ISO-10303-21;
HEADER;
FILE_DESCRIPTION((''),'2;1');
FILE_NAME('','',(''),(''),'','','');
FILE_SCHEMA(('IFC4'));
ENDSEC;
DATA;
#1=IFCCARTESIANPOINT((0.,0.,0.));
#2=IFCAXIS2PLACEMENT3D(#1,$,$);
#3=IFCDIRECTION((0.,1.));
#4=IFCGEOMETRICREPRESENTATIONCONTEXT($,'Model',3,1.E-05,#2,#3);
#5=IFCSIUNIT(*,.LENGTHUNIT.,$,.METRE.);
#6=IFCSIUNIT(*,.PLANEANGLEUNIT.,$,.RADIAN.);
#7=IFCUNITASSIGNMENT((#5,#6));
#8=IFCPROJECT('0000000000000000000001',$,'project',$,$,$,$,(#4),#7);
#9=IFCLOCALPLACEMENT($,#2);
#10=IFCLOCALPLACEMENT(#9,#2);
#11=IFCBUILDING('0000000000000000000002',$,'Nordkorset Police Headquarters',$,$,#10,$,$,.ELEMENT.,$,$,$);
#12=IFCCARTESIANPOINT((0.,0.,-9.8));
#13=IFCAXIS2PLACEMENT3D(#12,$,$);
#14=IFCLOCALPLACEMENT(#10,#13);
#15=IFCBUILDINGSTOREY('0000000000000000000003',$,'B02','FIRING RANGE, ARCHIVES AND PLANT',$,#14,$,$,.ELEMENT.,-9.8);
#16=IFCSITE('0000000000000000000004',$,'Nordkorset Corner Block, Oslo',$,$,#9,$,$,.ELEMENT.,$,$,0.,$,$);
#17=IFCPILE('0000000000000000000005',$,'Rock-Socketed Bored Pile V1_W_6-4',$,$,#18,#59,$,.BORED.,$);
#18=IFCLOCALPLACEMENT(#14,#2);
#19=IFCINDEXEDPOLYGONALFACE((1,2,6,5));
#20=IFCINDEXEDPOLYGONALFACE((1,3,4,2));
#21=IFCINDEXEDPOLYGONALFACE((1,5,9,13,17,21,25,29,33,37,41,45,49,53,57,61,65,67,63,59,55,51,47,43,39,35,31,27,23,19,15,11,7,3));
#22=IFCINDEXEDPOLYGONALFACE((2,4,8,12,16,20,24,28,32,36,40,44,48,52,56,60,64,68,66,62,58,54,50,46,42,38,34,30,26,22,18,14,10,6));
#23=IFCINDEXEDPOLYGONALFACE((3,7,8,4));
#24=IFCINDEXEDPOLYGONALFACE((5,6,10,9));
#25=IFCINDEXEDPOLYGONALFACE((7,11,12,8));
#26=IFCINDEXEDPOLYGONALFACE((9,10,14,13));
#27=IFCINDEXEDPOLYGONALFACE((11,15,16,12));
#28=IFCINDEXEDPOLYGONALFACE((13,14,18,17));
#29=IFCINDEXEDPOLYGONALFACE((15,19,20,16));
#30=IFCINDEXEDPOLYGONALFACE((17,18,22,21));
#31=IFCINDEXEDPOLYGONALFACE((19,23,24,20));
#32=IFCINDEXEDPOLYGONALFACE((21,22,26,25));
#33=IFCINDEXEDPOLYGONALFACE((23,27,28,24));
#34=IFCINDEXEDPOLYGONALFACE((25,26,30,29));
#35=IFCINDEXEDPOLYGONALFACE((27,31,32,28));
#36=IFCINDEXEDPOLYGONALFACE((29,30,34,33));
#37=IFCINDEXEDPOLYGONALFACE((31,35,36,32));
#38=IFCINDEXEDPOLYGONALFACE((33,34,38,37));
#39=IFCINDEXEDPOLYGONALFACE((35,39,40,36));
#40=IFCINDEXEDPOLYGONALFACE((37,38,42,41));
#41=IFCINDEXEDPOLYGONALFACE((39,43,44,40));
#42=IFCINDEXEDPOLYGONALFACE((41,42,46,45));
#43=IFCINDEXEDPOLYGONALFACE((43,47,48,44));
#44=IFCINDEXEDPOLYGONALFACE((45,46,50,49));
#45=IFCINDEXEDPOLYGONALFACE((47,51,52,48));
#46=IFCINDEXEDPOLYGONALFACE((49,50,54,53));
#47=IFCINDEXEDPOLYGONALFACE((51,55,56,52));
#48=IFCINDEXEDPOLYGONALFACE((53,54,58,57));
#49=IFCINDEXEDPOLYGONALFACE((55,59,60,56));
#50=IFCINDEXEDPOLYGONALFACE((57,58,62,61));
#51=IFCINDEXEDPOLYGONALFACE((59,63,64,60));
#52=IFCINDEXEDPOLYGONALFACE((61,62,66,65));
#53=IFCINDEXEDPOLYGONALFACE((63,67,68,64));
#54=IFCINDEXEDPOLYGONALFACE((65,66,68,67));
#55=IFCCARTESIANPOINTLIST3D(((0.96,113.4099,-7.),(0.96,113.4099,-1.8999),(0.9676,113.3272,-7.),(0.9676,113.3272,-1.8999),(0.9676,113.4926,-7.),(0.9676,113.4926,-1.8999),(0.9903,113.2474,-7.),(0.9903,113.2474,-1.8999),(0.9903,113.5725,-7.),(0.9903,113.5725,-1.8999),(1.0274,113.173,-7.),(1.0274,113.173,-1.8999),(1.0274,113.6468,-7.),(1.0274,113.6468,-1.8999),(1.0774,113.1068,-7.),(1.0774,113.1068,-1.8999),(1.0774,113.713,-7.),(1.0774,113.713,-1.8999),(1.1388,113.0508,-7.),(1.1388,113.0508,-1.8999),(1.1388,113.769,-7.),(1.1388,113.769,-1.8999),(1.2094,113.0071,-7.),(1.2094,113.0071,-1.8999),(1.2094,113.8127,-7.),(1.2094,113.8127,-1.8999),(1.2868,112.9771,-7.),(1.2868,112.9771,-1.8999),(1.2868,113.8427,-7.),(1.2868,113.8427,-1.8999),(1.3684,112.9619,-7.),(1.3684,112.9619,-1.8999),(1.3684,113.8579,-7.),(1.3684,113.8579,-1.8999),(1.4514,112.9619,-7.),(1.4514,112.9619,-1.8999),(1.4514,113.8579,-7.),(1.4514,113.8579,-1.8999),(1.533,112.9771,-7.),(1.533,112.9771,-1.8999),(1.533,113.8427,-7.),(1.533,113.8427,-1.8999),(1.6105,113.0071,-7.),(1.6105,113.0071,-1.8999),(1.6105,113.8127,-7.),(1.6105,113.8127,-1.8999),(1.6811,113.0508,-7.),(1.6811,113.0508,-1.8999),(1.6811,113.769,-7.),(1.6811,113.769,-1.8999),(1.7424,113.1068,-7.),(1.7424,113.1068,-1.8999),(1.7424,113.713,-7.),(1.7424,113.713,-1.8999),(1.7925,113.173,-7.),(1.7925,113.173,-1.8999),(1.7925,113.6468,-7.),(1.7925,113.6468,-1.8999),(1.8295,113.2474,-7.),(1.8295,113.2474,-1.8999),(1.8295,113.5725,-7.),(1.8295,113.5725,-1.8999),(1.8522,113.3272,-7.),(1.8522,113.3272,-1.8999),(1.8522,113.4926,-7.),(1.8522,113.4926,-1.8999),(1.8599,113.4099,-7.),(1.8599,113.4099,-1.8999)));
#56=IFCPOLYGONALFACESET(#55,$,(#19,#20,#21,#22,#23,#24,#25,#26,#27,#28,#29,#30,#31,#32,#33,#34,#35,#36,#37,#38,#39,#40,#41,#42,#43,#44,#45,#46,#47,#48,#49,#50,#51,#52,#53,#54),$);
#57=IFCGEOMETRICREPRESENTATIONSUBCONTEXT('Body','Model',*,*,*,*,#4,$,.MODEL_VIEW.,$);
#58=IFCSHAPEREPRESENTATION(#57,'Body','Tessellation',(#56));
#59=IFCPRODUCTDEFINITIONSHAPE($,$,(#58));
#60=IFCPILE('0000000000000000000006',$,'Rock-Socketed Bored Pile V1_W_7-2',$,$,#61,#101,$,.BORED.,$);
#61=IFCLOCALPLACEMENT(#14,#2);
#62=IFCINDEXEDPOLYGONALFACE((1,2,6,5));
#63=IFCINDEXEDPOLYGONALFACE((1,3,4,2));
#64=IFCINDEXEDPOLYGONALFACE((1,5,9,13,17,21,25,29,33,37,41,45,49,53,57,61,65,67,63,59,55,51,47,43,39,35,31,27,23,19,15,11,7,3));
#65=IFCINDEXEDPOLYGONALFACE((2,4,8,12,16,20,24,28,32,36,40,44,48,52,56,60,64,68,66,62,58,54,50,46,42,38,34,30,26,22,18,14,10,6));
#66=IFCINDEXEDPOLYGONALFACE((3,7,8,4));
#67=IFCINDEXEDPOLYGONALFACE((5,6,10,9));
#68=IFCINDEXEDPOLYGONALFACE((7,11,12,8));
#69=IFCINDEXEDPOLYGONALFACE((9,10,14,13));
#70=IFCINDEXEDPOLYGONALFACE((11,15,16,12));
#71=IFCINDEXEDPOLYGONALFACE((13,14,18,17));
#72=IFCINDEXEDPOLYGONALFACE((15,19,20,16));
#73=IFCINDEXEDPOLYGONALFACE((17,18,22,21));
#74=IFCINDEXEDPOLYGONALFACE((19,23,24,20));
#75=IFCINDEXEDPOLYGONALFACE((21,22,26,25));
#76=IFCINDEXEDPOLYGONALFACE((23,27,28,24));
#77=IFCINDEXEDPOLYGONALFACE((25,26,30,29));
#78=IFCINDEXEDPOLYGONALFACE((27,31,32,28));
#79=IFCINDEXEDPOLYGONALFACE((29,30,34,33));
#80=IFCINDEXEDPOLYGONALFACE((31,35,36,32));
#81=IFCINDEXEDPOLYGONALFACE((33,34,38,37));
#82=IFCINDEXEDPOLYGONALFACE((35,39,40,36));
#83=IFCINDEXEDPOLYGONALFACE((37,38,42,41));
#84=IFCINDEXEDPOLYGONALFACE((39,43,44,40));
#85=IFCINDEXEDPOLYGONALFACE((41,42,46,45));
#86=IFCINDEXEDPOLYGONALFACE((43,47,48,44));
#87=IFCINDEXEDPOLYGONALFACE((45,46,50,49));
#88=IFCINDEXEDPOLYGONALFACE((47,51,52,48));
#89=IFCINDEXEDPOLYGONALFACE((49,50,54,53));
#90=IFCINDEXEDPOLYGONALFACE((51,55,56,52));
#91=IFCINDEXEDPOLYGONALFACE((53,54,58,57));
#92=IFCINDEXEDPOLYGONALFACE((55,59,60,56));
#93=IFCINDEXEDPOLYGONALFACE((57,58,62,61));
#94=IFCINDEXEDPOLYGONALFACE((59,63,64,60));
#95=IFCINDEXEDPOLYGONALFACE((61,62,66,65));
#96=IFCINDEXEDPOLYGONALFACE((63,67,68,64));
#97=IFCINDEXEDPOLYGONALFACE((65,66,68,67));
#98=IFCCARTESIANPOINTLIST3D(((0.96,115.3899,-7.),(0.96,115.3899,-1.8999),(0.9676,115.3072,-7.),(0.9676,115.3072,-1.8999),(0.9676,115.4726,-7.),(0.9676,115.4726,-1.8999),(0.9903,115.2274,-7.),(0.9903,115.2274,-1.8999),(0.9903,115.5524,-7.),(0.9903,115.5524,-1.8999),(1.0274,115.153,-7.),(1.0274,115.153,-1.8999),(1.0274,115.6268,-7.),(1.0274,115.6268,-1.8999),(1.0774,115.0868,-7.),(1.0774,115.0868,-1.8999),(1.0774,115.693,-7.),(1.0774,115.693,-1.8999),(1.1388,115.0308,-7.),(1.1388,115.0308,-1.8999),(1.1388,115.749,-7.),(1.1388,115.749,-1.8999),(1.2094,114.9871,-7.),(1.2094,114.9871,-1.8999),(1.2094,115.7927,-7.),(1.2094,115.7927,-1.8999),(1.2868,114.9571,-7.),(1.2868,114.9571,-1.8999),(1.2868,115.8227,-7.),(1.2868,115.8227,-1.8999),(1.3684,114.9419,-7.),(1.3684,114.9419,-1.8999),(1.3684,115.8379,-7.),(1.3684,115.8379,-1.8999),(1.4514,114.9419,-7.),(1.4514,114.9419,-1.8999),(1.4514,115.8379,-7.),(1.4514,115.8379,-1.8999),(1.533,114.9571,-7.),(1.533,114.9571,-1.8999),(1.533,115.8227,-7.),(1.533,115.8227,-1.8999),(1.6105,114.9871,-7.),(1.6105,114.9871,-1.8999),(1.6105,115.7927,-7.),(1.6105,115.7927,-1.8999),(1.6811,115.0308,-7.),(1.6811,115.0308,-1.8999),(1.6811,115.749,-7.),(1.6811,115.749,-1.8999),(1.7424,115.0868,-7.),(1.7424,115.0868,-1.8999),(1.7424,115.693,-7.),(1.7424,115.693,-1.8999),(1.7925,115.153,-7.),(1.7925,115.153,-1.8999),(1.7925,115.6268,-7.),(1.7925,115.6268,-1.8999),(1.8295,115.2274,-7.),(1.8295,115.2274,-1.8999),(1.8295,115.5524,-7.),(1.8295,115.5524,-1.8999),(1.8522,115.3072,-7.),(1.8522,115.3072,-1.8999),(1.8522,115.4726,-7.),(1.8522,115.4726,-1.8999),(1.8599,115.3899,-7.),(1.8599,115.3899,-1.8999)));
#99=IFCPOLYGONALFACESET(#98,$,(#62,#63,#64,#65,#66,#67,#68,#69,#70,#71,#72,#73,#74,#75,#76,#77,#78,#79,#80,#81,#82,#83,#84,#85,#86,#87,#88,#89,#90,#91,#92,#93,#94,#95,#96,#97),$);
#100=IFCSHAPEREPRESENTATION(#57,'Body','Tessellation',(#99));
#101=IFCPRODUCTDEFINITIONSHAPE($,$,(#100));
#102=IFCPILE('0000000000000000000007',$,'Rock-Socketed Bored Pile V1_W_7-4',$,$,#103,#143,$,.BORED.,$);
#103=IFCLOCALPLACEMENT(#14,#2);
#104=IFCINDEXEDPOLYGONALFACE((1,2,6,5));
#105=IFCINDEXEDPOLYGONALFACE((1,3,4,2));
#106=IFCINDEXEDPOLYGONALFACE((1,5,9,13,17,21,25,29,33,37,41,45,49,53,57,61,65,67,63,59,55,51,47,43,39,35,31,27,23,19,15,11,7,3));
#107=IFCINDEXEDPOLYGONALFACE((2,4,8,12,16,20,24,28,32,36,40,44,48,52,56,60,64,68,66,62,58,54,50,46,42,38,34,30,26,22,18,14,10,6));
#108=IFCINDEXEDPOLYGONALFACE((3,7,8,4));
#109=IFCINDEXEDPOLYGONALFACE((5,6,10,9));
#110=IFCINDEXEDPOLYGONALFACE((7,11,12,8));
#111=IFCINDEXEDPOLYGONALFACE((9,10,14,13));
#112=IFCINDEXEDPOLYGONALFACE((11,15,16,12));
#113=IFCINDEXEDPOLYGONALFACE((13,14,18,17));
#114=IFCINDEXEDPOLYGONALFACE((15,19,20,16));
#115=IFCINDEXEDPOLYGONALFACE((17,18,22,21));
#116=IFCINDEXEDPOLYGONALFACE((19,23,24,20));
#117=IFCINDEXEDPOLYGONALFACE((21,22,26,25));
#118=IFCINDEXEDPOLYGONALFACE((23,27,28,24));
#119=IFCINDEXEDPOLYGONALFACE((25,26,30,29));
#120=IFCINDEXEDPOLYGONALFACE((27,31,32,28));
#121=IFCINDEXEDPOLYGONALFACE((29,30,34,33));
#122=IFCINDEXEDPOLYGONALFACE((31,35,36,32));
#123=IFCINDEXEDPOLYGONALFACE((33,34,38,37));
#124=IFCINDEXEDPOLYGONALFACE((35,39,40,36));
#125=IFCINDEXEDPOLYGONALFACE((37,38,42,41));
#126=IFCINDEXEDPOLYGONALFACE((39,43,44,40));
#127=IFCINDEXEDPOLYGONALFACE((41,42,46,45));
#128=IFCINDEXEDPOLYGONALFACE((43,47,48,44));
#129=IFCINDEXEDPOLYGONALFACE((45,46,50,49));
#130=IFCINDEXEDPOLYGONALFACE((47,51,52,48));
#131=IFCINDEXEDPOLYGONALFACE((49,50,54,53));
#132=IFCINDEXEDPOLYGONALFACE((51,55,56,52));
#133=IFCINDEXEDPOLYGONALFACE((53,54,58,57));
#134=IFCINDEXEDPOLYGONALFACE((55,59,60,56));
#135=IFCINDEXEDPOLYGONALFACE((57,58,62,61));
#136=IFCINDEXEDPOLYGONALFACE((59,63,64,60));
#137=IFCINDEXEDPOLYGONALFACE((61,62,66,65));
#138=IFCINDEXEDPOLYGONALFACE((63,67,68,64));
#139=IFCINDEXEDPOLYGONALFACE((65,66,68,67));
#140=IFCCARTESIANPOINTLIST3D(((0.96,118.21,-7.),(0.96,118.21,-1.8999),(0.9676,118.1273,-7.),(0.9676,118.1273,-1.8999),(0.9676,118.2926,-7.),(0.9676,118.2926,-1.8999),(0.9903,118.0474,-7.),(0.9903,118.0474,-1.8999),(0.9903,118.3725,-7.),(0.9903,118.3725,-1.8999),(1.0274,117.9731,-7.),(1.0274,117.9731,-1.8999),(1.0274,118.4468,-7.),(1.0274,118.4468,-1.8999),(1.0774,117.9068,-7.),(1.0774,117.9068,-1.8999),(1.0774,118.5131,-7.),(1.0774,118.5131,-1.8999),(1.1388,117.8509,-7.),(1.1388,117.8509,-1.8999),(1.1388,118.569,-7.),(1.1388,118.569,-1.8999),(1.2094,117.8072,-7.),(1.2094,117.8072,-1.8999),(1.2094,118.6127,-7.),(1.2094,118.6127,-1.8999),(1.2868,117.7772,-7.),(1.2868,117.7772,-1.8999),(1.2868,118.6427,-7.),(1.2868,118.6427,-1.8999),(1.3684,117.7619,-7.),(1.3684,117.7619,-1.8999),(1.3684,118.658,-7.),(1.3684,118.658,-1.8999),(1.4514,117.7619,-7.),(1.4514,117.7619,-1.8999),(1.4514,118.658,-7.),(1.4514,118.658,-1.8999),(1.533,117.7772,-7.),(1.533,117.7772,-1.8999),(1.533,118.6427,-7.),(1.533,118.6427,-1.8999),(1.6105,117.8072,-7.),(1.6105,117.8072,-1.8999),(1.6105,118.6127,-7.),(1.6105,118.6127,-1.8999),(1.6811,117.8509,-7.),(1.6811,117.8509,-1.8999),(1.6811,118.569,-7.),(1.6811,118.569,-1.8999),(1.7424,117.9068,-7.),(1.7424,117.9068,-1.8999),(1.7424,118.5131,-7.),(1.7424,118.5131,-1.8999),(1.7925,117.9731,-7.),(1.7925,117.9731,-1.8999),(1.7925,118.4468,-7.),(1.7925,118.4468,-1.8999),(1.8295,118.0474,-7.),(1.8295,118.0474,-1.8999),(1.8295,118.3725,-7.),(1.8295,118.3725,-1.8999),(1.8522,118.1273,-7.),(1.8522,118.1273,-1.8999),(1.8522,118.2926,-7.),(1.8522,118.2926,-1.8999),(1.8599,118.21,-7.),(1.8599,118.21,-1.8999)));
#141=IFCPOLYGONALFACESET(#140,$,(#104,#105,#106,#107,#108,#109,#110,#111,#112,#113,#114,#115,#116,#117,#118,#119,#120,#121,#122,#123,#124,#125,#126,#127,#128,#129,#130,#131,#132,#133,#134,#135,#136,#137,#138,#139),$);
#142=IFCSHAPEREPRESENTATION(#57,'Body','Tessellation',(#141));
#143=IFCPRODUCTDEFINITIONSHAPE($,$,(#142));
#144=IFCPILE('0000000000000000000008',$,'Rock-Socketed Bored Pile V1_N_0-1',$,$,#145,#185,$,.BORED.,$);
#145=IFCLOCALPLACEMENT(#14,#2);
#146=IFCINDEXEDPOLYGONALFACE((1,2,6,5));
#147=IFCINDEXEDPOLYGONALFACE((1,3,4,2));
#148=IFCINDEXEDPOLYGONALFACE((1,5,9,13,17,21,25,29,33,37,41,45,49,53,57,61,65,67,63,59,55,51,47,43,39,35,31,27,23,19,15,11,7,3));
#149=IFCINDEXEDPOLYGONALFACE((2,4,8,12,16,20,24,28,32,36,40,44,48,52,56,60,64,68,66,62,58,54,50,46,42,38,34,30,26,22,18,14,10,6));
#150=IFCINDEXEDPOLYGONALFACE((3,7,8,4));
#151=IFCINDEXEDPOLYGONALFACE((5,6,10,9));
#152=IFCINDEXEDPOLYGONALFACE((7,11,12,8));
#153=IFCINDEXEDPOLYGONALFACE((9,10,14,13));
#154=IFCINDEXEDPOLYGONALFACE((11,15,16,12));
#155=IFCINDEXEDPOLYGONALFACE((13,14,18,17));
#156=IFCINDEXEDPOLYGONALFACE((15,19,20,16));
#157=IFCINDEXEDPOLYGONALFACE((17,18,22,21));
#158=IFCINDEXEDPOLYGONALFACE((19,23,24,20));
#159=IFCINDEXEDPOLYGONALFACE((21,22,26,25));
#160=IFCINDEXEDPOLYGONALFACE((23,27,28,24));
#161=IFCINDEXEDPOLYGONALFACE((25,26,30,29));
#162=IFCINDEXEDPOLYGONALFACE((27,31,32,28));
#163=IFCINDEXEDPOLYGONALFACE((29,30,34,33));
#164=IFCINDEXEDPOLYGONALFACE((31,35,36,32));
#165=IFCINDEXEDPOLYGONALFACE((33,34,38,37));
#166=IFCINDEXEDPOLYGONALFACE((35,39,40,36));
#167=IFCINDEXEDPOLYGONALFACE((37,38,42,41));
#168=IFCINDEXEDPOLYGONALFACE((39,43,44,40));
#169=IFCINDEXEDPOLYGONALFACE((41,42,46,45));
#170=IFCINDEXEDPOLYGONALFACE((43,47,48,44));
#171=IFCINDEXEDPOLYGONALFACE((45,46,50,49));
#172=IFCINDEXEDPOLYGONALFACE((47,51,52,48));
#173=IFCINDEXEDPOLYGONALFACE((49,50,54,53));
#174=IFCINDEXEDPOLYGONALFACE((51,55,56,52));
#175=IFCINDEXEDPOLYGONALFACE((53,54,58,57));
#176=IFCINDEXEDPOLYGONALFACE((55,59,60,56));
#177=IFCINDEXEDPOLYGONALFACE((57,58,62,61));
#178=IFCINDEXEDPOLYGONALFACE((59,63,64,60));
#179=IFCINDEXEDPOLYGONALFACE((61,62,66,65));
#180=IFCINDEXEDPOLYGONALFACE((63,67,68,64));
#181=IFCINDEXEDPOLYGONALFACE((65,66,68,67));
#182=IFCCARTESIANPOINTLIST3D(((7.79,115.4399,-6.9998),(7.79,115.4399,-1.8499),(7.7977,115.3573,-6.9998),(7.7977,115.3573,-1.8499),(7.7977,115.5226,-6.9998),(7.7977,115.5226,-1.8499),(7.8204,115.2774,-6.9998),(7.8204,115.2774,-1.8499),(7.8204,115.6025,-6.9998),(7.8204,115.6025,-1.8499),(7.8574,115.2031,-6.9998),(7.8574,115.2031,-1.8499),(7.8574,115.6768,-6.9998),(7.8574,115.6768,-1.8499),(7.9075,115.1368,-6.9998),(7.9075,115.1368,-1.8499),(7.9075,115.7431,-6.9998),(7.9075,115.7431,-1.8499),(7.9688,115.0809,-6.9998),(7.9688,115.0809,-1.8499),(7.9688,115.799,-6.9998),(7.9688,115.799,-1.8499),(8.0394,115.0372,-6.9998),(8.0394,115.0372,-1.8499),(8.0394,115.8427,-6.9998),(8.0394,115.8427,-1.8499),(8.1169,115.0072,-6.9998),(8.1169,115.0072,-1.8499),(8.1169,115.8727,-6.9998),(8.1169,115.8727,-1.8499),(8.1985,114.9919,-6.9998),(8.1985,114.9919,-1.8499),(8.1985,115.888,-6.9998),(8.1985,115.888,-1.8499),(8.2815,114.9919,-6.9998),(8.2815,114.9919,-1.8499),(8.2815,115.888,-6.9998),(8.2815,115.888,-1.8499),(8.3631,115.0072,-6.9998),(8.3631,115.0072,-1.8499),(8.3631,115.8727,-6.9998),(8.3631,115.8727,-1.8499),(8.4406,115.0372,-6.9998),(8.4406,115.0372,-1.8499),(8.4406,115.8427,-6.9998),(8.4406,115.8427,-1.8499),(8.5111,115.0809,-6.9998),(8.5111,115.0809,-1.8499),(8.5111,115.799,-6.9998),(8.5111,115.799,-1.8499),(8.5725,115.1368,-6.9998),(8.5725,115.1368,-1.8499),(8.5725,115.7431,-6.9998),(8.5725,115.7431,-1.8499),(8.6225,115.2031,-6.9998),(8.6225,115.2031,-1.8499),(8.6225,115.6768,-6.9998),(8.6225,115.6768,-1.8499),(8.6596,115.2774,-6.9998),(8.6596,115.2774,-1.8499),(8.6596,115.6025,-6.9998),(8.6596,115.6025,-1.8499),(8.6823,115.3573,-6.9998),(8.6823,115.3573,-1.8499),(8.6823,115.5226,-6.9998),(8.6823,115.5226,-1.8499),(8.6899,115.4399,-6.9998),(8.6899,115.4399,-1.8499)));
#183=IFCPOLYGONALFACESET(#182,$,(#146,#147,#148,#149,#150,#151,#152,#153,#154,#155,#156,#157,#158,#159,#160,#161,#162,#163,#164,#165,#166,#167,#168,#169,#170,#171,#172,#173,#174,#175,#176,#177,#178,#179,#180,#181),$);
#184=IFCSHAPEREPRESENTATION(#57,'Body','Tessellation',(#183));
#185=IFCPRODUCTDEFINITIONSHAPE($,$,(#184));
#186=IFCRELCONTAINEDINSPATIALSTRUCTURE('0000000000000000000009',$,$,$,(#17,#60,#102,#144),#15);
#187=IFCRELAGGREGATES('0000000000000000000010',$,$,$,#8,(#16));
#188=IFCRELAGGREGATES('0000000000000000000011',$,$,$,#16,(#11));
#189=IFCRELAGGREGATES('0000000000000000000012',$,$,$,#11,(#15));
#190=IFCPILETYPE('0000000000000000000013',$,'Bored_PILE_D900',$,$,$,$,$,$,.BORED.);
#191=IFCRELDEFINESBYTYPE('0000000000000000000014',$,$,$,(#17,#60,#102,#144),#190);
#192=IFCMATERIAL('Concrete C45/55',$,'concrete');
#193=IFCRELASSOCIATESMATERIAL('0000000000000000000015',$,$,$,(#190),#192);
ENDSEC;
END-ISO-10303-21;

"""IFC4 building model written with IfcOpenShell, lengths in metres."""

from ifc_helpers import new_model, si_unit, direction, frame, origin, origin_2d, place, context, subcontext, project, spatial, circle, extrude, material, material_profile, profile_set, type_object, element, save


model = new_model("IFC4")

# Units and contexts
model_context = context("Model", 3, precision=1e-05, world=origin(), true_north=direction((0.0, 1.0)))
body_context = subcontext(model_context, "Body", "Model", "MODEL_VIEW")
ifc_project = project(units=[si_unit("LENGTHUNIT", "METRE"), si_unit("PLANEANGLEUNIT", "RADIAN")], contexts=[model_context])

# Site, building, storey
site_placement = place(None, origin())
site = spatial("IfcSite", under=ifc_project, at=site_placement, Name="Nordkorset Corner Block, Oslo", CompositionType="ELEMENT", RefElevation=0.0)
building_placement = place(site_placement, origin())
building = spatial("IfcBuilding", under=site, at=building_placement, Name="Nordkorset Police Headquarters", CompositionType="ELEMENT")
storey_placement = place(building_placement, frame((0.0, 0.0, -9.8)))
storey = spatial("IfcBuildingStorey", under=building, at=storey_placement, Name="B02", Description="FIRING RANGE, ARCHIVES AND PLANT", CompositionType="ELEMENT", Elevation=-9.8)

# Piles
ifc_material_1 = material(Name="Concrete C45/55", Category="concrete")
ifc_material_profile_1 = material_profile(ifc_material_1, circle(Radius=0.45, at=origin_2d()), Name="PILE D900")
ifc_profile_set_1 = profile_set([ifc_material_profile_1], Name="Concrete C45/55")
pile_type = type_object("IfcPileType", Name="Bored_PILE_D900", PredefinedType="BORED", material=ifc_profile_set_1)
for number, where, z_axis, x_axis, name in (
    (1, (1.4099, 113.4099, -1.8999), (0.0, 0.0, -1.0), (1.0, 0.0, 0.0), "Rock-Socketed Bored Pile V1_W_6-4"),
    (2, (1.4099, 115.3899, -1.8999), (0.0, 0.0, -1.0), (1.0, 0.0, 0.0), "Rock-Socketed Bored Pile V1_W_7-2"),
    (3, (1.4099, 118.21, -1.8999), (0.0, 0.0, -1.0), (1.0, 0.0, 0.0), "Rock-Socketed Bored Pile V1_W_7-4"),
):
    element("IfcPile", number, at=place(storey_placement, frame(where, z_axis=z_axis, x_axis=x_axis)), inside=storey, type_object=pile_type, Name=name, PredefinedType="BORED", context=body_context, shape_type="SweptSolid", body=[
        extrude(circle(Radius=0.45, at=origin_2d()), origin(), (0.0, 0.0, 1.0), 5.1001),
    ])
for number, where, z_axis, x_axis, name in (
    (4, (8.24, 115.4399, -1.8499), (0.0, 0.0, -1.0), (1.0, 0.0, 0.0), "Rock-Socketed Bored Pile V1_N_0-1"),
):
    element("IfcPile", number, at=place(storey_placement, frame(where, z_axis=z_axis, x_axis=x_axis)), inside=storey, type_object=pile_type, Name=name, PredefinedType="BORED", context=body_context, shape_type="SweptSolid", body=[
        extrude(circle(Radius=0.45, at=origin_2d()), origin(), (0.0, 0.0, 1.0), 5.1499),
    ])

save(model, "model.ifc")
